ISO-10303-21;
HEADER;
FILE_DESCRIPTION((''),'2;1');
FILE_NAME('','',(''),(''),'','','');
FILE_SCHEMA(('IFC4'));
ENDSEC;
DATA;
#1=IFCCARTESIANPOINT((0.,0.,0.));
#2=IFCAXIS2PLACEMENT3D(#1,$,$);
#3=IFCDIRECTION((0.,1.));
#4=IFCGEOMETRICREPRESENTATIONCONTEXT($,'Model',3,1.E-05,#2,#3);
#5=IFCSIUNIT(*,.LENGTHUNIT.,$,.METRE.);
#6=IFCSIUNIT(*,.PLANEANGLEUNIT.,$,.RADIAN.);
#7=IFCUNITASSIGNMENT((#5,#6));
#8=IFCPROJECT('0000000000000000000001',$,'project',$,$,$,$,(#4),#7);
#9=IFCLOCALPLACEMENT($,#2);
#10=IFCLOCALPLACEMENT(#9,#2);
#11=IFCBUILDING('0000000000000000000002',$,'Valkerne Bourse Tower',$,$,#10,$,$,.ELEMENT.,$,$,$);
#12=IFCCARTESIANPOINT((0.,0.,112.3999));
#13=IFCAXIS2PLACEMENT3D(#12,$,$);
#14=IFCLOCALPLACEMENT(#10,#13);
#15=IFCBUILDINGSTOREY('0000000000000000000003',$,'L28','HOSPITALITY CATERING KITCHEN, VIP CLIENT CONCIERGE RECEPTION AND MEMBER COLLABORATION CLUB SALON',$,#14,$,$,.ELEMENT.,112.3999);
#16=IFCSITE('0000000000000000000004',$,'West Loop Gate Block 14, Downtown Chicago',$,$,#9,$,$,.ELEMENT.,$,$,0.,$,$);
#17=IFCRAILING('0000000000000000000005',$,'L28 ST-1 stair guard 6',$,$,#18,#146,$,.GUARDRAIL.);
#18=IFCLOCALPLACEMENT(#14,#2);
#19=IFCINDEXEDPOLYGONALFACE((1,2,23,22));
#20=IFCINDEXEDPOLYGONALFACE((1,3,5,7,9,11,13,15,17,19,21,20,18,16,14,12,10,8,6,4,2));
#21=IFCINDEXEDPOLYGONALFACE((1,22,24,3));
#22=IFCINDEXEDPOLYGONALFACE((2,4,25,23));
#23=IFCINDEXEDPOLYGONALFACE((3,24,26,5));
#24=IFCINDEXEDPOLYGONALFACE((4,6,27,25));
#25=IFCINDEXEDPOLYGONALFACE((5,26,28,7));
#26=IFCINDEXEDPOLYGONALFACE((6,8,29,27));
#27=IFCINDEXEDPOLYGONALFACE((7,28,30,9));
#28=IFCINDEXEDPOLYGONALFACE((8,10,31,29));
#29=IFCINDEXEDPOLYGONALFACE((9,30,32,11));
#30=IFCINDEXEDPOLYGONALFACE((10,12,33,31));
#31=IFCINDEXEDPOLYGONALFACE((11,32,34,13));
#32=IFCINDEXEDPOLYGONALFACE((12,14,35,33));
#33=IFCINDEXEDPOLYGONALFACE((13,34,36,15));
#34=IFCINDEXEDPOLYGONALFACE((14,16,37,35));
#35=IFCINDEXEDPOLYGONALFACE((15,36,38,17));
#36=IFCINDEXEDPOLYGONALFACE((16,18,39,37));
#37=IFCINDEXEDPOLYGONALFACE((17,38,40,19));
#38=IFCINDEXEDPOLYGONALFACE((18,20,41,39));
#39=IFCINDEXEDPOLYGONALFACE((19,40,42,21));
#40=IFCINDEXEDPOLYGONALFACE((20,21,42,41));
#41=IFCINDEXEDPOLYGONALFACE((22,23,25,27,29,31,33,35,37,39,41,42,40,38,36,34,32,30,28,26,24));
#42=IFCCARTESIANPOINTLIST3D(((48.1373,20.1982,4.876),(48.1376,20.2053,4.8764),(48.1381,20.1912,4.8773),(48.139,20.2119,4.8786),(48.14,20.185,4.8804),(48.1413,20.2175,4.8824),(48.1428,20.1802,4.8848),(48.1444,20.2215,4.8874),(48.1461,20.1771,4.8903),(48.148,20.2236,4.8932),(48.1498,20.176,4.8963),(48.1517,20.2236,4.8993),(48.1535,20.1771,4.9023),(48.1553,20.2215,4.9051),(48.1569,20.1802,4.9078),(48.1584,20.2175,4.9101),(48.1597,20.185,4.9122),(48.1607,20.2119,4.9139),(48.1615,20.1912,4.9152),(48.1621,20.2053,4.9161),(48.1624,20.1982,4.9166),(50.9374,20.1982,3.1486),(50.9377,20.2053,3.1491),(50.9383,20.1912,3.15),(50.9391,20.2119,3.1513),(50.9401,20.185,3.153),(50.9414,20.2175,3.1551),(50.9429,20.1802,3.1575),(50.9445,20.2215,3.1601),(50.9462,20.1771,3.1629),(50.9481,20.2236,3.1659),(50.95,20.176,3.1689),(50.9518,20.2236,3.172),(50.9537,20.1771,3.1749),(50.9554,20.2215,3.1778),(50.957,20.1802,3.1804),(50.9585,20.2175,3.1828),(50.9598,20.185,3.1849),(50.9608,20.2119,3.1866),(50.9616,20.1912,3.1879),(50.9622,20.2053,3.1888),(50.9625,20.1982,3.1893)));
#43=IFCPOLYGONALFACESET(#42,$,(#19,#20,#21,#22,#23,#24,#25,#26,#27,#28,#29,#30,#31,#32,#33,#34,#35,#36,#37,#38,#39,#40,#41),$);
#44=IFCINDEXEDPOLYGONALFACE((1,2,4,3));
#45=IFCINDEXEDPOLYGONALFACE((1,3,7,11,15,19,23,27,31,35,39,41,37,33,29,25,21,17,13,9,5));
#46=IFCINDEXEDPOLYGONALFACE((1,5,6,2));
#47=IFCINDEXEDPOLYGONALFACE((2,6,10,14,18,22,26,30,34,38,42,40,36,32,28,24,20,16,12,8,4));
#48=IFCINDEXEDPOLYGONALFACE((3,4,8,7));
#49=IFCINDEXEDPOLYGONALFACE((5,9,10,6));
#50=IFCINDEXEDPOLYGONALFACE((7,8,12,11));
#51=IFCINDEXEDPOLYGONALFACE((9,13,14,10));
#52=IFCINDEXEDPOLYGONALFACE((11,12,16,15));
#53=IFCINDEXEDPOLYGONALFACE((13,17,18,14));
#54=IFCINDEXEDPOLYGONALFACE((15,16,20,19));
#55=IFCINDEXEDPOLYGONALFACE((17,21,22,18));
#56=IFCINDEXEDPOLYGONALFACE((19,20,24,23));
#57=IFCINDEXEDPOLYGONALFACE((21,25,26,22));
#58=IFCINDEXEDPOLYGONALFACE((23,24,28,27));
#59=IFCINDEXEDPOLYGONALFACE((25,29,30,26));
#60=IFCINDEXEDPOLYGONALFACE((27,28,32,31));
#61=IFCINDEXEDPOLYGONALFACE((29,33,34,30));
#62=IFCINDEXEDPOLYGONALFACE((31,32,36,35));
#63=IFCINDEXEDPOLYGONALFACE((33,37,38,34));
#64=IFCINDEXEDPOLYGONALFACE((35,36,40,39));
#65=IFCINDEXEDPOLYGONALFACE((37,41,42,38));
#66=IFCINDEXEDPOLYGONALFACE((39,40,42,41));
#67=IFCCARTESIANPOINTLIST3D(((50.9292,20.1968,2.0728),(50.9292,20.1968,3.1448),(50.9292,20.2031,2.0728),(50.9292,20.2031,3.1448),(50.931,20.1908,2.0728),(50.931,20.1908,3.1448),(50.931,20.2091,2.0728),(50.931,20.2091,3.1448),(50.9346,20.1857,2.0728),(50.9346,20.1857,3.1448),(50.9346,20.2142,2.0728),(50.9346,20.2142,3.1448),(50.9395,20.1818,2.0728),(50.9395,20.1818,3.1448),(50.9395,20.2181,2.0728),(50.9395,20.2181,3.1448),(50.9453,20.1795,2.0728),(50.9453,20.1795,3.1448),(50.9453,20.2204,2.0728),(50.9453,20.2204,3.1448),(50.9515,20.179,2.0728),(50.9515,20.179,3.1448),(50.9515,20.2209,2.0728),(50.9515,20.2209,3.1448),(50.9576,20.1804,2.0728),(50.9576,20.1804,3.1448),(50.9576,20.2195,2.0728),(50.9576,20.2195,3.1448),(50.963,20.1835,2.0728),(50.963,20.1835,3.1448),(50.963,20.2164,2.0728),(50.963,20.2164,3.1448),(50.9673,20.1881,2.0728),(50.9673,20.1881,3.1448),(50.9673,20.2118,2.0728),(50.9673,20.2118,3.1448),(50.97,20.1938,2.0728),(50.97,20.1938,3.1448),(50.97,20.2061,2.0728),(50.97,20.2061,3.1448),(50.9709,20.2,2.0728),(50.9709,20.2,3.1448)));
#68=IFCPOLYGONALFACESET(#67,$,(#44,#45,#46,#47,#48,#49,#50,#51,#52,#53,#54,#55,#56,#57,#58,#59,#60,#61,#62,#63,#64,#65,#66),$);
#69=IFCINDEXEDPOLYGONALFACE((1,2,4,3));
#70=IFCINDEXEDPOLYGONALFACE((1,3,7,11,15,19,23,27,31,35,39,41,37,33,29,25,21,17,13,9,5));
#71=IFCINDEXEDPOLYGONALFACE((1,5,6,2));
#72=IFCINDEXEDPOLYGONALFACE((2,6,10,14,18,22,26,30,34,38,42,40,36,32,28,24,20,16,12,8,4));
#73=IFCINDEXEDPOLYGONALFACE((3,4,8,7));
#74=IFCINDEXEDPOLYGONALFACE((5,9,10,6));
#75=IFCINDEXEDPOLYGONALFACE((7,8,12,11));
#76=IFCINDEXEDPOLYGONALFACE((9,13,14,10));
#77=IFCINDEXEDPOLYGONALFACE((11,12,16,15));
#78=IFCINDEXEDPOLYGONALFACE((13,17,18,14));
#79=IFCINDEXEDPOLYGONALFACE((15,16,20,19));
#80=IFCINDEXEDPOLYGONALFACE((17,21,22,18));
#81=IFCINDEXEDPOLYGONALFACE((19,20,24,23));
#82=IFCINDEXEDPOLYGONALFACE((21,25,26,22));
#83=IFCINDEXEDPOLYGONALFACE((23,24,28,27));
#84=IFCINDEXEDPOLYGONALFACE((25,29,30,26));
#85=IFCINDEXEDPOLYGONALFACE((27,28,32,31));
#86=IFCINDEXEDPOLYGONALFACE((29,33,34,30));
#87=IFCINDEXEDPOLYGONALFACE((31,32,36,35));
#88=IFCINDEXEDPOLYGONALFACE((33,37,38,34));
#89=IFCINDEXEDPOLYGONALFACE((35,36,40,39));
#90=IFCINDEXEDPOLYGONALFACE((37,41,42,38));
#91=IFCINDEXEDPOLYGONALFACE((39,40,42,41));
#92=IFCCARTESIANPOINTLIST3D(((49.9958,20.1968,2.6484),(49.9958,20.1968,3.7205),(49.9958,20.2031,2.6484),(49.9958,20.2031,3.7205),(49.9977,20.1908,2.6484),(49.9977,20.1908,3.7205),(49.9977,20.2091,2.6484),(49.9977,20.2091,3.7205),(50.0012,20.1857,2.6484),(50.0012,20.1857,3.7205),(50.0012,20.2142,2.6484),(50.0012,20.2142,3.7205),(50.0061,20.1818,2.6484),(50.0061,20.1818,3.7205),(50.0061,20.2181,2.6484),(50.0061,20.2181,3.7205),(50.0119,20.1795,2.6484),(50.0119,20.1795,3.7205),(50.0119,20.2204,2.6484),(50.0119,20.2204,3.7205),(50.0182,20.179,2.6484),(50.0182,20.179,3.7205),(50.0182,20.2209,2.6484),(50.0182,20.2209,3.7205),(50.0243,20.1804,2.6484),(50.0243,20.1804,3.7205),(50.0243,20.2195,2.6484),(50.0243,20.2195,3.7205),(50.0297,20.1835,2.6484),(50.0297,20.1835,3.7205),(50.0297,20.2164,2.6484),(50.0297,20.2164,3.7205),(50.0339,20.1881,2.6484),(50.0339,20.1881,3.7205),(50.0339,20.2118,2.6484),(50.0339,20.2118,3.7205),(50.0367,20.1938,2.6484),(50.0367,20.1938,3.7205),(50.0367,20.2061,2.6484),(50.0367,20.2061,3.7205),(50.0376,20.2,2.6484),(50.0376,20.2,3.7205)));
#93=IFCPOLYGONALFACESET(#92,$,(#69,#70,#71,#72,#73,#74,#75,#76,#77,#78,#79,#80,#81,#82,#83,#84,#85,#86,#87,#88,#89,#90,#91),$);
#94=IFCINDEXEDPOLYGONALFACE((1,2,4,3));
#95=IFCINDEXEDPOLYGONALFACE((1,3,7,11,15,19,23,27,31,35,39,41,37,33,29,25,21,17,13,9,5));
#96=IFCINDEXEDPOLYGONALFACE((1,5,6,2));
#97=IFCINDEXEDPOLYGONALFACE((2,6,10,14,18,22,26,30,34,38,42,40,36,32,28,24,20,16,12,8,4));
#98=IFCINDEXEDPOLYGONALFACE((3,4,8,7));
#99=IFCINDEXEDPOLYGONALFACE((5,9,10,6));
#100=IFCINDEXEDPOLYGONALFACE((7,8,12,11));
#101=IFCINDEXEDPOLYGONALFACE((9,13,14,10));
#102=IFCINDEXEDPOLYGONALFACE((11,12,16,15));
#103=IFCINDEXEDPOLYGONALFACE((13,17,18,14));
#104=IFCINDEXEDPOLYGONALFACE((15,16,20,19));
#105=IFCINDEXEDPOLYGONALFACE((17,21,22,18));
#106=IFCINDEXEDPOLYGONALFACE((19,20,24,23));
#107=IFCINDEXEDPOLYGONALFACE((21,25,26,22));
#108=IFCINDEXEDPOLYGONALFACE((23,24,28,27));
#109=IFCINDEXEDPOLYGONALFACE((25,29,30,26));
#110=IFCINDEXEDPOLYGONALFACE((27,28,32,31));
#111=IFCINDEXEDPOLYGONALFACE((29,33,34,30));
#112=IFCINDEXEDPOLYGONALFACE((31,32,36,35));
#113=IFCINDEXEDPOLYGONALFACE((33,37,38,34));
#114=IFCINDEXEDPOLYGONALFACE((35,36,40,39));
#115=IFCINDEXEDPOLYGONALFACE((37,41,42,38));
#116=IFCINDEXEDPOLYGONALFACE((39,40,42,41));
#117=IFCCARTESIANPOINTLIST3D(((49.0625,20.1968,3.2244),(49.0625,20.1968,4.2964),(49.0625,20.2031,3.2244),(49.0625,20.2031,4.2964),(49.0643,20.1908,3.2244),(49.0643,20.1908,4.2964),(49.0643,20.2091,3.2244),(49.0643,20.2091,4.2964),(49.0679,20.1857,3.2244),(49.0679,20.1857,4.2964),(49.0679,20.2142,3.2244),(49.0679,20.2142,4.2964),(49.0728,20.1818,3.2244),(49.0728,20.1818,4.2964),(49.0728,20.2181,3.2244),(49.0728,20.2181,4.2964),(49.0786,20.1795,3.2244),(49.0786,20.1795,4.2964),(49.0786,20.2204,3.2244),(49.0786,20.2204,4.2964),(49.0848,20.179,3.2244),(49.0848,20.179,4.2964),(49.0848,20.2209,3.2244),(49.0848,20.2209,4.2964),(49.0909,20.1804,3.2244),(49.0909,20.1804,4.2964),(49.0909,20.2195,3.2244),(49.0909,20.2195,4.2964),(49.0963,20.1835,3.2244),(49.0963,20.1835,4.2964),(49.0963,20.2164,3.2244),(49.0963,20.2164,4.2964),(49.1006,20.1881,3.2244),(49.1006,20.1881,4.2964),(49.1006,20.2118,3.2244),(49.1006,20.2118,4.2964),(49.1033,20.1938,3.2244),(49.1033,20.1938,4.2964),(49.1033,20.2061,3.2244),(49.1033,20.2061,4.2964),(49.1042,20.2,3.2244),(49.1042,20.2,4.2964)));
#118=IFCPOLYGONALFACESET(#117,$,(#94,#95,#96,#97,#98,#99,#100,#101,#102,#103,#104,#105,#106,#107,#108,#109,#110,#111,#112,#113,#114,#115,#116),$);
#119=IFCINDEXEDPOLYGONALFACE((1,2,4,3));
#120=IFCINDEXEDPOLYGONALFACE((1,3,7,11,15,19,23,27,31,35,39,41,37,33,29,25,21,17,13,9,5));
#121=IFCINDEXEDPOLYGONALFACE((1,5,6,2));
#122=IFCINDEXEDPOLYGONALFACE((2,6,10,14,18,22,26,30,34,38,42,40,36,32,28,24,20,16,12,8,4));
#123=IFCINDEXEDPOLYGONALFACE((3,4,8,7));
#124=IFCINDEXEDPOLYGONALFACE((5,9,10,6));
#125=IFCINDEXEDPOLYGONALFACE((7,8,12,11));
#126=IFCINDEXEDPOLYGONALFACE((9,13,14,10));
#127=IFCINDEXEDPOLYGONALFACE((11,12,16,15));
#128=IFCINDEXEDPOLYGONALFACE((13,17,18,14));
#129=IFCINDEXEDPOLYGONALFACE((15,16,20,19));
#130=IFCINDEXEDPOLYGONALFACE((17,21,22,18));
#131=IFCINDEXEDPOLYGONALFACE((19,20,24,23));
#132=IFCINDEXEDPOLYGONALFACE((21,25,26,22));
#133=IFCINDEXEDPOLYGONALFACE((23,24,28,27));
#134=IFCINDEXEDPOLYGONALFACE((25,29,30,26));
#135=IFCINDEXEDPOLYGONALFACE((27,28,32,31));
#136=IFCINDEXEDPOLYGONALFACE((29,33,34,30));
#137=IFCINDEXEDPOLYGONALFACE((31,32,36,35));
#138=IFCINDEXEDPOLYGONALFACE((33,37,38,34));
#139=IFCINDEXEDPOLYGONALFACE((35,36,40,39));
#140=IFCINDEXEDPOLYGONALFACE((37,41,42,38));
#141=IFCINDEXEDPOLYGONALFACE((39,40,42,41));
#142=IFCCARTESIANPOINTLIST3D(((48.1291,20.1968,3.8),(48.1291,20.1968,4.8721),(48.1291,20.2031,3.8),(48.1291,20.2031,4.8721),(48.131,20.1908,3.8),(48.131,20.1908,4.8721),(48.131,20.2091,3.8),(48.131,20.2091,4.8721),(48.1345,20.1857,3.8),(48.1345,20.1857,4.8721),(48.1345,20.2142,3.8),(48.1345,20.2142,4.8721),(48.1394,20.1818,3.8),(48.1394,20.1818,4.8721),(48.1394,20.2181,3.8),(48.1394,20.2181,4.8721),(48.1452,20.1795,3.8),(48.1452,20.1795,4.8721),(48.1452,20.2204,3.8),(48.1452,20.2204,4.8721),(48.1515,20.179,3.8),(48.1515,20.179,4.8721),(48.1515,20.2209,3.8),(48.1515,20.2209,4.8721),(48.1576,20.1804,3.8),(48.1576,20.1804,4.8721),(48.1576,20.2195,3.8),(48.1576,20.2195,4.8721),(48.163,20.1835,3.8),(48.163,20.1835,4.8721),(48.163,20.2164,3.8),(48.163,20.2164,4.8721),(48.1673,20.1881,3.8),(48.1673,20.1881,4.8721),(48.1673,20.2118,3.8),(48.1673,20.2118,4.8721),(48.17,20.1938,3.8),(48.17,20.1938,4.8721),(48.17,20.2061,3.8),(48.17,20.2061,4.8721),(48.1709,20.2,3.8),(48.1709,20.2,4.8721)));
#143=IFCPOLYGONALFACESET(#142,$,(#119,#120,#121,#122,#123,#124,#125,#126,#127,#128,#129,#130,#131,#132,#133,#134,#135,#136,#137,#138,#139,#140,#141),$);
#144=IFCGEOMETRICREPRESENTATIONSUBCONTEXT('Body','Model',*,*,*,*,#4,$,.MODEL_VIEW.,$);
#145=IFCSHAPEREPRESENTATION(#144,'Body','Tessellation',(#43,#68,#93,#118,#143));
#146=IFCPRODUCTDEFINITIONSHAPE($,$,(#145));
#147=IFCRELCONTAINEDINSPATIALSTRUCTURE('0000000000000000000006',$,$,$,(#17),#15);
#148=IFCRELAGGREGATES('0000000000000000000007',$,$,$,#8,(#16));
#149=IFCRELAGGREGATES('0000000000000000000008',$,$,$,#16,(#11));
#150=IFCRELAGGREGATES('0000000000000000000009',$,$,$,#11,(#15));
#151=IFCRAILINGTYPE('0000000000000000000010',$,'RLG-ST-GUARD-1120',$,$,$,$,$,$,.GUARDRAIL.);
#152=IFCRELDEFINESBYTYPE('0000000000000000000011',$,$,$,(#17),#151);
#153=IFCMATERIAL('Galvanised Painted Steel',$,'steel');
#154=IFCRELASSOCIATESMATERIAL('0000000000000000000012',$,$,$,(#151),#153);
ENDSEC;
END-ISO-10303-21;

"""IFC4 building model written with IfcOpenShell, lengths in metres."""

from ifc_helpers import new_model, si_unit, direction, frame, origin, origin_2d, place, context, subcontext, project, spatial, circle, extrude, material, type_object, element, save


model = new_model("IFC4")

# Units and contexts
model_context = context("Model", 3, precision=1e-05, world=origin(), true_north=direction((0.0, 1.0)))
body_context = subcontext(model_context, "Body", "Model", "MODEL_VIEW")
ifc_project = project(units=[si_unit("LENGTHUNIT", "METRE"), si_unit("PLANEANGLEUNIT", "RADIAN")], contexts=[model_context])

# Site, building, storey
site_placement = place(None, origin())
site = spatial("IfcSite", under=ifc_project, at=site_placement, Name="West Loop Gate Block 14, Downtown Chicago", CompositionType="ELEMENT", RefElevation=0.0)
building_placement = place(site_placement, origin())
building = spatial("IfcBuilding", under=site, at=building_placement, Name="Valkerne Bourse Tower", CompositionType="ELEMENT")
storey_placement = place(building_placement, frame((0.0, 0.0, 112.3999)))
storey = spatial("IfcBuildingStorey", under=building, at=storey_placement, Name="L28", Description="HOSPITALITY CATERING KITCHEN, VIP CLIENT CONCIERGE RECEPTION AND MEMBER COLLABORATION CLUB SALON", CompositionType="ELEMENT", Elevation=112.3999)

# Shared definitions
ifc_material_1 = material(Name="Galvanised Painted Steel", Category="steel")

# Railing
railing_type_1 = type_object("IfcRailingType", Name="RLG-ST-GUARD-1120", PredefinedType="GUARDRAIL", material=ifc_material_1)
railing_1_placement = place(storey_placement, frame((50.95, 20.2, 2.0728)))
element("IfcRailing", 1, at=railing_1_placement, inside=storey, type_object=railing_type_1, Name="L28 ST-1 stair guard 6", PredefinedType="GUARDRAIL", context=body_context, shape_type="SweptSolid", body=[
    extrude(circle(Radius=0.0239, at=origin_2d()), frame((0.0, 0.0, 1.0962), z_axis=(-0.85109, 0.0, 0.52502), x_axis=(0.0, -1.0, 0.0)), (0.0, 0.0, 1.0), 3.29),
    extrude(circle(Radius=0.021, at=origin_2d()), origin(), (0.0, 0.0, 1.0), 1.072),
    extrude(circle(Radius=0.021, at=origin_2d()), frame((-0.9333, 0.0, 0.5757)), (0.0, 0.0, 1.0), 1.072),
    extrude(circle(Radius=0.021, at=origin_2d()), frame((-1.8667, 0.0, 1.1516)), (0.0, 0.0, 1.0), 1.072),
    extrude(circle(Radius=0.021, at=origin_2d()), frame((-2.8, 0.0, 1.7273)), (0.0, 0.0, 1.0), 1.072),
])

save(model, "model.ifc")
